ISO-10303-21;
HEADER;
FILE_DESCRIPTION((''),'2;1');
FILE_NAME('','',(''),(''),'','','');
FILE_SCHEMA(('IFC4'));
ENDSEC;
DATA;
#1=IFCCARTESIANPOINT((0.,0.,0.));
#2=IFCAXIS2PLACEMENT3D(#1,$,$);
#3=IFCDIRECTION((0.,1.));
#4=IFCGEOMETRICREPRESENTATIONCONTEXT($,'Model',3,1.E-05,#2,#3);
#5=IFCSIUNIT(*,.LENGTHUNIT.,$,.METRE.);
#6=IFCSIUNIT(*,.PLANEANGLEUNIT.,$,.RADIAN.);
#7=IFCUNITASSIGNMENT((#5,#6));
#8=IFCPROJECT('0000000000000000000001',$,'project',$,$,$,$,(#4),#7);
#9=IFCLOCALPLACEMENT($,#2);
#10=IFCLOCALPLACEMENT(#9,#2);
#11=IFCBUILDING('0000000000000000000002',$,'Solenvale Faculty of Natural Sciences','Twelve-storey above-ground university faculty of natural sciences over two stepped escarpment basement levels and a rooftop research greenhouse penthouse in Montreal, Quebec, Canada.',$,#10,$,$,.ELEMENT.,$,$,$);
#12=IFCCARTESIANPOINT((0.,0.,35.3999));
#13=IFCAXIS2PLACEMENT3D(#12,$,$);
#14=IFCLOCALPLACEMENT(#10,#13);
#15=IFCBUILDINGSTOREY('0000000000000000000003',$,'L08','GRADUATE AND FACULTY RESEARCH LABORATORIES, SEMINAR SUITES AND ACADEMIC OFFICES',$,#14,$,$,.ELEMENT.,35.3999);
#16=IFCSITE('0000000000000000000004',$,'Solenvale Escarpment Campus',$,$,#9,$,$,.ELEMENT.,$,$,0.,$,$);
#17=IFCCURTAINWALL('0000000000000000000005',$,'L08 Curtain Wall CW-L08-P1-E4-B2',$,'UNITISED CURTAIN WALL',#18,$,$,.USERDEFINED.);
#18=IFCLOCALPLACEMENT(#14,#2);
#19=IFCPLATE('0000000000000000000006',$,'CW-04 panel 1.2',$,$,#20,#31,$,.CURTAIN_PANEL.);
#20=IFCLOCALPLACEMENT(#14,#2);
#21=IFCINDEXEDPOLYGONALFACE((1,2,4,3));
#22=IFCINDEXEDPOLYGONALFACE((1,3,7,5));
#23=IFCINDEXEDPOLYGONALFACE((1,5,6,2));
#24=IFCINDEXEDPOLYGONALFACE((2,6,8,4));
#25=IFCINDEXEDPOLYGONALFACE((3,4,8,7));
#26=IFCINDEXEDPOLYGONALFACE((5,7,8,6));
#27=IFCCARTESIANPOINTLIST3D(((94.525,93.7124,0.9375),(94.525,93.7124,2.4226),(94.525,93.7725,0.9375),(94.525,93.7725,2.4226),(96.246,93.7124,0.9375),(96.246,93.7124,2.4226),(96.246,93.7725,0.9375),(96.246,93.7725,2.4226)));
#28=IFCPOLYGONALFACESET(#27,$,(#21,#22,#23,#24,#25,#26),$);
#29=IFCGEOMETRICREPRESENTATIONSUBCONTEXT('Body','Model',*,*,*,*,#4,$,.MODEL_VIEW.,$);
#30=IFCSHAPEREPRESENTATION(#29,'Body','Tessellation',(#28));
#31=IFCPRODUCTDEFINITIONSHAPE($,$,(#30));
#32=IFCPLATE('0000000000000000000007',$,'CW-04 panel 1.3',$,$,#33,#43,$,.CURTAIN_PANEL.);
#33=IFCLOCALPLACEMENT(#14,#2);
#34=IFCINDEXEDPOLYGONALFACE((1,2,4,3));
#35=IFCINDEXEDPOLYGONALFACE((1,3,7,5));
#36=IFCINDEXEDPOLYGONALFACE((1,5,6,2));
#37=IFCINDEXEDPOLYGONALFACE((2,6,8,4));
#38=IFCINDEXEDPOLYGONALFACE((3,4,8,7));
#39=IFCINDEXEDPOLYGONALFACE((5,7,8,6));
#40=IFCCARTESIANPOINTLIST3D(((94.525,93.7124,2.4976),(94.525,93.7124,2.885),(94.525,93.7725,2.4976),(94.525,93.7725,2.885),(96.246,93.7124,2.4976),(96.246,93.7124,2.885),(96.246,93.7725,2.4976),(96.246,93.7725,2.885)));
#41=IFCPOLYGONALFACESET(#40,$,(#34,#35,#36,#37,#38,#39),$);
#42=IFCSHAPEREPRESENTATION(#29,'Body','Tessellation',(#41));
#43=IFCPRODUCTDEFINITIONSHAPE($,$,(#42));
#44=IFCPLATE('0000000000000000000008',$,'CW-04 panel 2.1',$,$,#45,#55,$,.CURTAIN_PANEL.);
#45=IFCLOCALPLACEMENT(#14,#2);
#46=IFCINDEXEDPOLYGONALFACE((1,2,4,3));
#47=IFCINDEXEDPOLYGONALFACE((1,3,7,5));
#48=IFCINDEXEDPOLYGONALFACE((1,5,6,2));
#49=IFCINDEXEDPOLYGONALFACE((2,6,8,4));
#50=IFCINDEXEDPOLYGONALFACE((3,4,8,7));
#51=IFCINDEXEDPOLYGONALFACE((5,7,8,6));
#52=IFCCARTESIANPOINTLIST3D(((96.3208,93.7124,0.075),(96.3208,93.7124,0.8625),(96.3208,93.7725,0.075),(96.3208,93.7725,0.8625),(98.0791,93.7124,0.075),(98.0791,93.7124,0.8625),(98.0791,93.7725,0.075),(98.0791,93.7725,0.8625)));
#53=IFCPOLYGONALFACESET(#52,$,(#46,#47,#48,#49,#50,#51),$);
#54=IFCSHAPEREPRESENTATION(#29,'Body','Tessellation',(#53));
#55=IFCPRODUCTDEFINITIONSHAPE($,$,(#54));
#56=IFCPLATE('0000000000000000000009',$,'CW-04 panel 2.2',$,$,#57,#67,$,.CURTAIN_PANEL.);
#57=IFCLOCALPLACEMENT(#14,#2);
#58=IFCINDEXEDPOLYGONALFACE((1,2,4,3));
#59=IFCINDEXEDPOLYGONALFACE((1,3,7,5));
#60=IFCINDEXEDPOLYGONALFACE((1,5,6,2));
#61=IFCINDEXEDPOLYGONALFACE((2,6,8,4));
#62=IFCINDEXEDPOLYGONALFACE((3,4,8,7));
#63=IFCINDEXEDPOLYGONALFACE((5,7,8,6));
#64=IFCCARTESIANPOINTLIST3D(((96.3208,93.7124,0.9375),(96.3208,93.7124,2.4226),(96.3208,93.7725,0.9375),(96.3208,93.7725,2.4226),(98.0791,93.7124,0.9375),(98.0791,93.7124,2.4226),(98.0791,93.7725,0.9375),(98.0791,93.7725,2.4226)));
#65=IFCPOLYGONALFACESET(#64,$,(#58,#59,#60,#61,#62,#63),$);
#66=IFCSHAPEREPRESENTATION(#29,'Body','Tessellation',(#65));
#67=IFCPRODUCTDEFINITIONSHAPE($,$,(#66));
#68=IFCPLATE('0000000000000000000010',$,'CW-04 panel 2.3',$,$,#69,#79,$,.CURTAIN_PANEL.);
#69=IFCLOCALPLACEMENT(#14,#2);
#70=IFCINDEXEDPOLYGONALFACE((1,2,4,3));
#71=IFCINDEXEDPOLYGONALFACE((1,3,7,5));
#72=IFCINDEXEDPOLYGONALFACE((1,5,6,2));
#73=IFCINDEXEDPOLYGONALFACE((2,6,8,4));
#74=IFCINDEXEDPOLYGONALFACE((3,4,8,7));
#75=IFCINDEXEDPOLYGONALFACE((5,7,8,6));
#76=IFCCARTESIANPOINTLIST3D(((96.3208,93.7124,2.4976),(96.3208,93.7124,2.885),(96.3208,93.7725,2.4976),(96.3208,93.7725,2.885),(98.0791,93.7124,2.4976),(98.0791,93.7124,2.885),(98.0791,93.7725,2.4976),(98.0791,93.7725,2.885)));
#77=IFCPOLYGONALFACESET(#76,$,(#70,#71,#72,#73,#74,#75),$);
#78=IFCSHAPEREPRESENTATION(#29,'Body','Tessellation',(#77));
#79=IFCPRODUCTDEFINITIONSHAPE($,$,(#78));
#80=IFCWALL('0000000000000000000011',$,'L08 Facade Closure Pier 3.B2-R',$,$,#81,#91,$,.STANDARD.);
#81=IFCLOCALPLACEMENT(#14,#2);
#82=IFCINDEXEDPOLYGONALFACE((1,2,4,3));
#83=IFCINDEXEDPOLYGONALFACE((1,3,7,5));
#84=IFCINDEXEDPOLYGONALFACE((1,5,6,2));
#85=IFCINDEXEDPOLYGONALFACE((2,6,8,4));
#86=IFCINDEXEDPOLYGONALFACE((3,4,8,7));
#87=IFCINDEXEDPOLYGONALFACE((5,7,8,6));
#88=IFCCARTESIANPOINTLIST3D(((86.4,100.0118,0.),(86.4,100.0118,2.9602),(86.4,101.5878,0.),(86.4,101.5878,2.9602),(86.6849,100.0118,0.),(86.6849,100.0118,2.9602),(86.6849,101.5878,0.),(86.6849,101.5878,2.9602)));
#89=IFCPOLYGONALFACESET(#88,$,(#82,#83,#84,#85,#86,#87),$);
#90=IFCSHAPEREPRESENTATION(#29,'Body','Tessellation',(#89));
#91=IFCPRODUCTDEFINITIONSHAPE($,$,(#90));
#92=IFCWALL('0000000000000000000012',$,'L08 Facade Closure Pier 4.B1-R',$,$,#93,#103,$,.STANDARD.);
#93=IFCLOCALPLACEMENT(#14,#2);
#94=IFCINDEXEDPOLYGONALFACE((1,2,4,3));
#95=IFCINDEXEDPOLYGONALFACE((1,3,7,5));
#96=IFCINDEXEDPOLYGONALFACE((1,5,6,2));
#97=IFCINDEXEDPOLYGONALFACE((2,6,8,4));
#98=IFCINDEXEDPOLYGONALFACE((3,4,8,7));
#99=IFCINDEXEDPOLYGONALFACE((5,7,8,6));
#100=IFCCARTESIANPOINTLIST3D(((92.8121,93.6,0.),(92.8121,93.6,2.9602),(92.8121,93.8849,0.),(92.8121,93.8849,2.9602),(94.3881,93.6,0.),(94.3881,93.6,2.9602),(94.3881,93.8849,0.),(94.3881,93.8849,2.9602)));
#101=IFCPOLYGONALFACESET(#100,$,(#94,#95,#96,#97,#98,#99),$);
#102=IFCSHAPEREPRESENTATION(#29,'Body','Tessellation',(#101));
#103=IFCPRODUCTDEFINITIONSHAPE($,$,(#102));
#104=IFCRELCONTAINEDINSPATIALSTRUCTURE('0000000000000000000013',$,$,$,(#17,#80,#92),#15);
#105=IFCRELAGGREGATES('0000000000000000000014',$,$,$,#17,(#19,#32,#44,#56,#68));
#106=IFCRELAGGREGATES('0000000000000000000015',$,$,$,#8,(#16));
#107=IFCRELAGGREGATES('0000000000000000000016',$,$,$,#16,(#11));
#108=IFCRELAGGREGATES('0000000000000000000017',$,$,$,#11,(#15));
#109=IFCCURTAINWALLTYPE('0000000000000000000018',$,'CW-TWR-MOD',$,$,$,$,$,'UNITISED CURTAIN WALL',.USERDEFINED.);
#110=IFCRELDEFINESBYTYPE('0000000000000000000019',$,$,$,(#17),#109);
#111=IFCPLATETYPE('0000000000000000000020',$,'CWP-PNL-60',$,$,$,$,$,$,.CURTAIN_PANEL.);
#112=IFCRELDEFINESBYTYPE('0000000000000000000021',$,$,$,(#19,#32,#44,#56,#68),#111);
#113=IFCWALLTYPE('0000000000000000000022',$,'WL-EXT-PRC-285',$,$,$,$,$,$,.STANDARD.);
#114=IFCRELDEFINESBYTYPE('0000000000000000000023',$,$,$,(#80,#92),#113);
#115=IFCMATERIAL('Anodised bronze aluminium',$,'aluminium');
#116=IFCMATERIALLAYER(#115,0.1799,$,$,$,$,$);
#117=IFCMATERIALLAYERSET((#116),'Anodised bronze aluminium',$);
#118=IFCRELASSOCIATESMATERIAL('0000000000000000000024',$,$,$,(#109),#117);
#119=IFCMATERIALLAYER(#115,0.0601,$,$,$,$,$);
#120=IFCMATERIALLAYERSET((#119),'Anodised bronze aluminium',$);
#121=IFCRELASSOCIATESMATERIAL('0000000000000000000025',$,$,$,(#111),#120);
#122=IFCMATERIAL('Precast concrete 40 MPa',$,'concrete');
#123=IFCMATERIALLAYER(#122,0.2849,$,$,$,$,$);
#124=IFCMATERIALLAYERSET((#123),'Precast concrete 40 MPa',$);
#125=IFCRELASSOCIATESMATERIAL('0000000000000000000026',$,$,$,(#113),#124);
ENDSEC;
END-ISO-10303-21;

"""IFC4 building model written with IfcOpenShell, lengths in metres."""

from ifc_helpers import new_model, si_unit, direction, frame, frame_2d, origin, origin_2d, place, context, subcontext, project, spatial, rectangle, extrude, material, layer, layer_set, type_object, element, aggregate, save


model = new_model("IFC4")

# Units and contexts
model_context = context("Model", 3, precision=1e-05, world=origin(), true_north=direction((0.0, 1.0)))
body_context = subcontext(model_context, "Body", "Model", "MODEL_VIEW")
ifc_project = project(units=[si_unit("LENGTHUNIT", "METRE"), si_unit("PLANEANGLEUNIT", "RADIAN")], contexts=[model_context])

# Site, building, storey
site_placement = place(None, origin())
site = spatial("IfcSite", under=ifc_project, at=site_placement, Name="Solenvale Escarpment Campus", CompositionType="ELEMENT", RefElevation=0.0)
building_placement = place(site_placement, origin())
building = spatial("IfcBuilding", under=site, at=building_placement, Name="Solenvale Faculty of Natural Sciences", Description="Twelve-storey above-ground university faculty of natural sciences over two stepped escarpment basement levels and a rooftop research greenhouse penthouse in Montreal, Quebec, Canada.", CompositionType="ELEMENT")
storey_placement = place(building_placement, frame((0.0, 0.0, 35.3999)))
storey = spatial("IfcBuildingStorey", under=building, at=storey_placement, Name="L08", Description="GRADUATE AND FACULTY RESEARCH LABORATORIES, SEMINAR SUITES AND ACADEMIC OFFICES", CompositionType="ELEMENT", Elevation=35.3999)

# Shared definitions
ifc_material_1 = material(Name="Anodised bronze aluminium", Category="aluminium")
ifc_layer_1 = layer(ifc_material_1, 0.1799)
ifc_layer_set_1 = layer_set([ifc_layer_1], Name="Anodised bronze aluminium")
curtain_wall_type = type_object("IfcCurtainWallType", Name="CW-TWR-MOD", ElementType="UNITISED CURTAIN WALL", PredefinedType="USERDEFINED", material=ifc_layer_set_1)

# Curtain wall
curtain_wall_1_placement = place(storey_placement, origin())
curtain_wall_1 = element("IfcCurtainWall", 1, at=curtain_wall_1_placement, inside=storey, type_object=curtain_wall_type, Name="L08 Curtain Wall CW-L08-P1-E4-B2", ObjectType="UNITISED CURTAIN WALL", PredefinedType="USERDEFINED")

# Plates
ifc_layer_2 = layer(ifc_material_1, 0.0601)
ifc_layer_set_2 = layer_set([ifc_layer_2], Name="Anodised bronze aluminium")
plate_type_1 = type_object("IfcPlateType", Name="CWP-PNL-60", PredefinedType="CURTAIN_PANEL", material=ifc_layer_set_2)
plate_1_placement = place(storey_placement, frame((95.3855, 93.7424, 0.9375), z_axis=(0.0, 0.0, 1.0), x_axis=(1.0, 0.0, 0.0)))
plate_1 = element("IfcPlate", 2, at=plate_1_placement, type_object=plate_type_1, Name="CW-04 panel 1.2", PredefinedType="CURTAIN_PANEL", context=body_context, shape_type="SweptSolid", body=[
    extrude(rectangle(XDim=1.7209, YDim=0.0601, at=origin_2d()), origin(), (0.0, 0.0, 1.0), 1.4851),
])
plate_2_placement = place(storey_placement, frame((95.3855, 93.7424, 2.4976), z_axis=(0.0, 0.0, 1.0), x_axis=(1.0, 0.0, 0.0)))
plate_2 = element("IfcPlate", 3, at=plate_2_placement, type_object=plate_type_1, Name="CW-04 panel 1.3", PredefinedType="CURTAIN_PANEL", context=body_context, shape_type="SweptSolid", body=[
    extrude(rectangle(XDim=1.7209, YDim=0.0601, at=origin_2d()), origin(), (0.0, 0.0, 1.0), 0.3875),
])
plate_3_placement = place(storey_placement, frame((97.2, 93.7424, 0.075), z_axis=(0.0, 0.0, 1.0), x_axis=(1.0, 0.0, 0.0)))
plate_3 = element("IfcPlate", 4, at=plate_3_placement, type_object=plate_type_1, Name="CW-04 panel 2.1", PredefinedType="CURTAIN_PANEL", context=body_context, shape_type="SweptSolid", body=[
    extrude(rectangle(XDim=1.7583, YDim=0.0601, at=origin_2d()), origin(), (0.0, 0.0, 1.0), 0.7876),
])
plate_4_placement = place(storey_placement, frame((97.2, 93.7424, 0.9375), z_axis=(0.0, 0.0, 1.0), x_axis=(1.0, 0.0, 0.0)))
plate_4 = element("IfcPlate", 5, at=plate_4_placement, type_object=plate_type_1, Name="CW-04 panel 2.2", PredefinedType="CURTAIN_PANEL", context=body_context, shape_type="SweptSolid", body=[
    extrude(rectangle(XDim=1.7583, YDim=0.0601, at=origin_2d()), origin(), (0.0, 0.0, 1.0), 1.4851),
])
plate_5_placement = place(storey_placement, frame((97.2, 93.7424, 2.4976), z_axis=(0.0, 0.0, 1.0), x_axis=(1.0, 0.0, 0.0)))
plate_5 = element("IfcPlate", 6, at=plate_5_placement, type_object=plate_type_1, Name="CW-04 panel 2.3", PredefinedType="CURTAIN_PANEL", context=body_context, shape_type="SweptSolid", body=[
    extrude(rectangle(XDim=1.7583, YDim=0.0601, at=origin_2d()), origin(), (0.0, 0.0, 1.0), 0.3875),
])
aggregate(curtain_wall_1, [plate_1, plate_2, plate_3, plate_4, plate_5])

# Walls
ifc_material_2 = material(Name="Precast concrete 40 MPa", Category="concrete")
ifc_layer_3 = layer(ifc_material_2, 0.2849)
ifc_layer_set_3 = layer_set([ifc_layer_3], Name="Precast concrete 40 MPa")
wall_type = type_object("IfcWallType", Name="WL-EXT-PRC-285", PredefinedType="STANDARD", material=ifc_layer_set_3)
for number, where, z_axis, x_axis, name in (
    (7, (86.5425, 101.5879, 0.0), (0.0, 0.0, 1.0), (0.0, -1.0, 0.0), "L08 Facade Closure Pier 3.B2-R"),
    (8, (92.812, 93.7424, 0.0), (0.0, 0.0, 1.0), (1.0, 0.0, 0.0), "L08 Facade Closure Pier 4.B1-R"),
):
    element("IfcWall", number, at=place(storey_placement, frame(where, z_axis=z_axis, x_axis=x_axis)), inside=storey, type_object=wall_type, Name=name, PredefinedType="STANDARD", context=body_context, shape_type="SweptSolid", body=[
        extrude(rectangle(XDim=1.5759, YDim=0.2849, at=frame_2d((0.7881, 0.0))), origin(), (0.0, 0.0, 1.0), 2.9602),
    ])

save(model, "model.ifc")
